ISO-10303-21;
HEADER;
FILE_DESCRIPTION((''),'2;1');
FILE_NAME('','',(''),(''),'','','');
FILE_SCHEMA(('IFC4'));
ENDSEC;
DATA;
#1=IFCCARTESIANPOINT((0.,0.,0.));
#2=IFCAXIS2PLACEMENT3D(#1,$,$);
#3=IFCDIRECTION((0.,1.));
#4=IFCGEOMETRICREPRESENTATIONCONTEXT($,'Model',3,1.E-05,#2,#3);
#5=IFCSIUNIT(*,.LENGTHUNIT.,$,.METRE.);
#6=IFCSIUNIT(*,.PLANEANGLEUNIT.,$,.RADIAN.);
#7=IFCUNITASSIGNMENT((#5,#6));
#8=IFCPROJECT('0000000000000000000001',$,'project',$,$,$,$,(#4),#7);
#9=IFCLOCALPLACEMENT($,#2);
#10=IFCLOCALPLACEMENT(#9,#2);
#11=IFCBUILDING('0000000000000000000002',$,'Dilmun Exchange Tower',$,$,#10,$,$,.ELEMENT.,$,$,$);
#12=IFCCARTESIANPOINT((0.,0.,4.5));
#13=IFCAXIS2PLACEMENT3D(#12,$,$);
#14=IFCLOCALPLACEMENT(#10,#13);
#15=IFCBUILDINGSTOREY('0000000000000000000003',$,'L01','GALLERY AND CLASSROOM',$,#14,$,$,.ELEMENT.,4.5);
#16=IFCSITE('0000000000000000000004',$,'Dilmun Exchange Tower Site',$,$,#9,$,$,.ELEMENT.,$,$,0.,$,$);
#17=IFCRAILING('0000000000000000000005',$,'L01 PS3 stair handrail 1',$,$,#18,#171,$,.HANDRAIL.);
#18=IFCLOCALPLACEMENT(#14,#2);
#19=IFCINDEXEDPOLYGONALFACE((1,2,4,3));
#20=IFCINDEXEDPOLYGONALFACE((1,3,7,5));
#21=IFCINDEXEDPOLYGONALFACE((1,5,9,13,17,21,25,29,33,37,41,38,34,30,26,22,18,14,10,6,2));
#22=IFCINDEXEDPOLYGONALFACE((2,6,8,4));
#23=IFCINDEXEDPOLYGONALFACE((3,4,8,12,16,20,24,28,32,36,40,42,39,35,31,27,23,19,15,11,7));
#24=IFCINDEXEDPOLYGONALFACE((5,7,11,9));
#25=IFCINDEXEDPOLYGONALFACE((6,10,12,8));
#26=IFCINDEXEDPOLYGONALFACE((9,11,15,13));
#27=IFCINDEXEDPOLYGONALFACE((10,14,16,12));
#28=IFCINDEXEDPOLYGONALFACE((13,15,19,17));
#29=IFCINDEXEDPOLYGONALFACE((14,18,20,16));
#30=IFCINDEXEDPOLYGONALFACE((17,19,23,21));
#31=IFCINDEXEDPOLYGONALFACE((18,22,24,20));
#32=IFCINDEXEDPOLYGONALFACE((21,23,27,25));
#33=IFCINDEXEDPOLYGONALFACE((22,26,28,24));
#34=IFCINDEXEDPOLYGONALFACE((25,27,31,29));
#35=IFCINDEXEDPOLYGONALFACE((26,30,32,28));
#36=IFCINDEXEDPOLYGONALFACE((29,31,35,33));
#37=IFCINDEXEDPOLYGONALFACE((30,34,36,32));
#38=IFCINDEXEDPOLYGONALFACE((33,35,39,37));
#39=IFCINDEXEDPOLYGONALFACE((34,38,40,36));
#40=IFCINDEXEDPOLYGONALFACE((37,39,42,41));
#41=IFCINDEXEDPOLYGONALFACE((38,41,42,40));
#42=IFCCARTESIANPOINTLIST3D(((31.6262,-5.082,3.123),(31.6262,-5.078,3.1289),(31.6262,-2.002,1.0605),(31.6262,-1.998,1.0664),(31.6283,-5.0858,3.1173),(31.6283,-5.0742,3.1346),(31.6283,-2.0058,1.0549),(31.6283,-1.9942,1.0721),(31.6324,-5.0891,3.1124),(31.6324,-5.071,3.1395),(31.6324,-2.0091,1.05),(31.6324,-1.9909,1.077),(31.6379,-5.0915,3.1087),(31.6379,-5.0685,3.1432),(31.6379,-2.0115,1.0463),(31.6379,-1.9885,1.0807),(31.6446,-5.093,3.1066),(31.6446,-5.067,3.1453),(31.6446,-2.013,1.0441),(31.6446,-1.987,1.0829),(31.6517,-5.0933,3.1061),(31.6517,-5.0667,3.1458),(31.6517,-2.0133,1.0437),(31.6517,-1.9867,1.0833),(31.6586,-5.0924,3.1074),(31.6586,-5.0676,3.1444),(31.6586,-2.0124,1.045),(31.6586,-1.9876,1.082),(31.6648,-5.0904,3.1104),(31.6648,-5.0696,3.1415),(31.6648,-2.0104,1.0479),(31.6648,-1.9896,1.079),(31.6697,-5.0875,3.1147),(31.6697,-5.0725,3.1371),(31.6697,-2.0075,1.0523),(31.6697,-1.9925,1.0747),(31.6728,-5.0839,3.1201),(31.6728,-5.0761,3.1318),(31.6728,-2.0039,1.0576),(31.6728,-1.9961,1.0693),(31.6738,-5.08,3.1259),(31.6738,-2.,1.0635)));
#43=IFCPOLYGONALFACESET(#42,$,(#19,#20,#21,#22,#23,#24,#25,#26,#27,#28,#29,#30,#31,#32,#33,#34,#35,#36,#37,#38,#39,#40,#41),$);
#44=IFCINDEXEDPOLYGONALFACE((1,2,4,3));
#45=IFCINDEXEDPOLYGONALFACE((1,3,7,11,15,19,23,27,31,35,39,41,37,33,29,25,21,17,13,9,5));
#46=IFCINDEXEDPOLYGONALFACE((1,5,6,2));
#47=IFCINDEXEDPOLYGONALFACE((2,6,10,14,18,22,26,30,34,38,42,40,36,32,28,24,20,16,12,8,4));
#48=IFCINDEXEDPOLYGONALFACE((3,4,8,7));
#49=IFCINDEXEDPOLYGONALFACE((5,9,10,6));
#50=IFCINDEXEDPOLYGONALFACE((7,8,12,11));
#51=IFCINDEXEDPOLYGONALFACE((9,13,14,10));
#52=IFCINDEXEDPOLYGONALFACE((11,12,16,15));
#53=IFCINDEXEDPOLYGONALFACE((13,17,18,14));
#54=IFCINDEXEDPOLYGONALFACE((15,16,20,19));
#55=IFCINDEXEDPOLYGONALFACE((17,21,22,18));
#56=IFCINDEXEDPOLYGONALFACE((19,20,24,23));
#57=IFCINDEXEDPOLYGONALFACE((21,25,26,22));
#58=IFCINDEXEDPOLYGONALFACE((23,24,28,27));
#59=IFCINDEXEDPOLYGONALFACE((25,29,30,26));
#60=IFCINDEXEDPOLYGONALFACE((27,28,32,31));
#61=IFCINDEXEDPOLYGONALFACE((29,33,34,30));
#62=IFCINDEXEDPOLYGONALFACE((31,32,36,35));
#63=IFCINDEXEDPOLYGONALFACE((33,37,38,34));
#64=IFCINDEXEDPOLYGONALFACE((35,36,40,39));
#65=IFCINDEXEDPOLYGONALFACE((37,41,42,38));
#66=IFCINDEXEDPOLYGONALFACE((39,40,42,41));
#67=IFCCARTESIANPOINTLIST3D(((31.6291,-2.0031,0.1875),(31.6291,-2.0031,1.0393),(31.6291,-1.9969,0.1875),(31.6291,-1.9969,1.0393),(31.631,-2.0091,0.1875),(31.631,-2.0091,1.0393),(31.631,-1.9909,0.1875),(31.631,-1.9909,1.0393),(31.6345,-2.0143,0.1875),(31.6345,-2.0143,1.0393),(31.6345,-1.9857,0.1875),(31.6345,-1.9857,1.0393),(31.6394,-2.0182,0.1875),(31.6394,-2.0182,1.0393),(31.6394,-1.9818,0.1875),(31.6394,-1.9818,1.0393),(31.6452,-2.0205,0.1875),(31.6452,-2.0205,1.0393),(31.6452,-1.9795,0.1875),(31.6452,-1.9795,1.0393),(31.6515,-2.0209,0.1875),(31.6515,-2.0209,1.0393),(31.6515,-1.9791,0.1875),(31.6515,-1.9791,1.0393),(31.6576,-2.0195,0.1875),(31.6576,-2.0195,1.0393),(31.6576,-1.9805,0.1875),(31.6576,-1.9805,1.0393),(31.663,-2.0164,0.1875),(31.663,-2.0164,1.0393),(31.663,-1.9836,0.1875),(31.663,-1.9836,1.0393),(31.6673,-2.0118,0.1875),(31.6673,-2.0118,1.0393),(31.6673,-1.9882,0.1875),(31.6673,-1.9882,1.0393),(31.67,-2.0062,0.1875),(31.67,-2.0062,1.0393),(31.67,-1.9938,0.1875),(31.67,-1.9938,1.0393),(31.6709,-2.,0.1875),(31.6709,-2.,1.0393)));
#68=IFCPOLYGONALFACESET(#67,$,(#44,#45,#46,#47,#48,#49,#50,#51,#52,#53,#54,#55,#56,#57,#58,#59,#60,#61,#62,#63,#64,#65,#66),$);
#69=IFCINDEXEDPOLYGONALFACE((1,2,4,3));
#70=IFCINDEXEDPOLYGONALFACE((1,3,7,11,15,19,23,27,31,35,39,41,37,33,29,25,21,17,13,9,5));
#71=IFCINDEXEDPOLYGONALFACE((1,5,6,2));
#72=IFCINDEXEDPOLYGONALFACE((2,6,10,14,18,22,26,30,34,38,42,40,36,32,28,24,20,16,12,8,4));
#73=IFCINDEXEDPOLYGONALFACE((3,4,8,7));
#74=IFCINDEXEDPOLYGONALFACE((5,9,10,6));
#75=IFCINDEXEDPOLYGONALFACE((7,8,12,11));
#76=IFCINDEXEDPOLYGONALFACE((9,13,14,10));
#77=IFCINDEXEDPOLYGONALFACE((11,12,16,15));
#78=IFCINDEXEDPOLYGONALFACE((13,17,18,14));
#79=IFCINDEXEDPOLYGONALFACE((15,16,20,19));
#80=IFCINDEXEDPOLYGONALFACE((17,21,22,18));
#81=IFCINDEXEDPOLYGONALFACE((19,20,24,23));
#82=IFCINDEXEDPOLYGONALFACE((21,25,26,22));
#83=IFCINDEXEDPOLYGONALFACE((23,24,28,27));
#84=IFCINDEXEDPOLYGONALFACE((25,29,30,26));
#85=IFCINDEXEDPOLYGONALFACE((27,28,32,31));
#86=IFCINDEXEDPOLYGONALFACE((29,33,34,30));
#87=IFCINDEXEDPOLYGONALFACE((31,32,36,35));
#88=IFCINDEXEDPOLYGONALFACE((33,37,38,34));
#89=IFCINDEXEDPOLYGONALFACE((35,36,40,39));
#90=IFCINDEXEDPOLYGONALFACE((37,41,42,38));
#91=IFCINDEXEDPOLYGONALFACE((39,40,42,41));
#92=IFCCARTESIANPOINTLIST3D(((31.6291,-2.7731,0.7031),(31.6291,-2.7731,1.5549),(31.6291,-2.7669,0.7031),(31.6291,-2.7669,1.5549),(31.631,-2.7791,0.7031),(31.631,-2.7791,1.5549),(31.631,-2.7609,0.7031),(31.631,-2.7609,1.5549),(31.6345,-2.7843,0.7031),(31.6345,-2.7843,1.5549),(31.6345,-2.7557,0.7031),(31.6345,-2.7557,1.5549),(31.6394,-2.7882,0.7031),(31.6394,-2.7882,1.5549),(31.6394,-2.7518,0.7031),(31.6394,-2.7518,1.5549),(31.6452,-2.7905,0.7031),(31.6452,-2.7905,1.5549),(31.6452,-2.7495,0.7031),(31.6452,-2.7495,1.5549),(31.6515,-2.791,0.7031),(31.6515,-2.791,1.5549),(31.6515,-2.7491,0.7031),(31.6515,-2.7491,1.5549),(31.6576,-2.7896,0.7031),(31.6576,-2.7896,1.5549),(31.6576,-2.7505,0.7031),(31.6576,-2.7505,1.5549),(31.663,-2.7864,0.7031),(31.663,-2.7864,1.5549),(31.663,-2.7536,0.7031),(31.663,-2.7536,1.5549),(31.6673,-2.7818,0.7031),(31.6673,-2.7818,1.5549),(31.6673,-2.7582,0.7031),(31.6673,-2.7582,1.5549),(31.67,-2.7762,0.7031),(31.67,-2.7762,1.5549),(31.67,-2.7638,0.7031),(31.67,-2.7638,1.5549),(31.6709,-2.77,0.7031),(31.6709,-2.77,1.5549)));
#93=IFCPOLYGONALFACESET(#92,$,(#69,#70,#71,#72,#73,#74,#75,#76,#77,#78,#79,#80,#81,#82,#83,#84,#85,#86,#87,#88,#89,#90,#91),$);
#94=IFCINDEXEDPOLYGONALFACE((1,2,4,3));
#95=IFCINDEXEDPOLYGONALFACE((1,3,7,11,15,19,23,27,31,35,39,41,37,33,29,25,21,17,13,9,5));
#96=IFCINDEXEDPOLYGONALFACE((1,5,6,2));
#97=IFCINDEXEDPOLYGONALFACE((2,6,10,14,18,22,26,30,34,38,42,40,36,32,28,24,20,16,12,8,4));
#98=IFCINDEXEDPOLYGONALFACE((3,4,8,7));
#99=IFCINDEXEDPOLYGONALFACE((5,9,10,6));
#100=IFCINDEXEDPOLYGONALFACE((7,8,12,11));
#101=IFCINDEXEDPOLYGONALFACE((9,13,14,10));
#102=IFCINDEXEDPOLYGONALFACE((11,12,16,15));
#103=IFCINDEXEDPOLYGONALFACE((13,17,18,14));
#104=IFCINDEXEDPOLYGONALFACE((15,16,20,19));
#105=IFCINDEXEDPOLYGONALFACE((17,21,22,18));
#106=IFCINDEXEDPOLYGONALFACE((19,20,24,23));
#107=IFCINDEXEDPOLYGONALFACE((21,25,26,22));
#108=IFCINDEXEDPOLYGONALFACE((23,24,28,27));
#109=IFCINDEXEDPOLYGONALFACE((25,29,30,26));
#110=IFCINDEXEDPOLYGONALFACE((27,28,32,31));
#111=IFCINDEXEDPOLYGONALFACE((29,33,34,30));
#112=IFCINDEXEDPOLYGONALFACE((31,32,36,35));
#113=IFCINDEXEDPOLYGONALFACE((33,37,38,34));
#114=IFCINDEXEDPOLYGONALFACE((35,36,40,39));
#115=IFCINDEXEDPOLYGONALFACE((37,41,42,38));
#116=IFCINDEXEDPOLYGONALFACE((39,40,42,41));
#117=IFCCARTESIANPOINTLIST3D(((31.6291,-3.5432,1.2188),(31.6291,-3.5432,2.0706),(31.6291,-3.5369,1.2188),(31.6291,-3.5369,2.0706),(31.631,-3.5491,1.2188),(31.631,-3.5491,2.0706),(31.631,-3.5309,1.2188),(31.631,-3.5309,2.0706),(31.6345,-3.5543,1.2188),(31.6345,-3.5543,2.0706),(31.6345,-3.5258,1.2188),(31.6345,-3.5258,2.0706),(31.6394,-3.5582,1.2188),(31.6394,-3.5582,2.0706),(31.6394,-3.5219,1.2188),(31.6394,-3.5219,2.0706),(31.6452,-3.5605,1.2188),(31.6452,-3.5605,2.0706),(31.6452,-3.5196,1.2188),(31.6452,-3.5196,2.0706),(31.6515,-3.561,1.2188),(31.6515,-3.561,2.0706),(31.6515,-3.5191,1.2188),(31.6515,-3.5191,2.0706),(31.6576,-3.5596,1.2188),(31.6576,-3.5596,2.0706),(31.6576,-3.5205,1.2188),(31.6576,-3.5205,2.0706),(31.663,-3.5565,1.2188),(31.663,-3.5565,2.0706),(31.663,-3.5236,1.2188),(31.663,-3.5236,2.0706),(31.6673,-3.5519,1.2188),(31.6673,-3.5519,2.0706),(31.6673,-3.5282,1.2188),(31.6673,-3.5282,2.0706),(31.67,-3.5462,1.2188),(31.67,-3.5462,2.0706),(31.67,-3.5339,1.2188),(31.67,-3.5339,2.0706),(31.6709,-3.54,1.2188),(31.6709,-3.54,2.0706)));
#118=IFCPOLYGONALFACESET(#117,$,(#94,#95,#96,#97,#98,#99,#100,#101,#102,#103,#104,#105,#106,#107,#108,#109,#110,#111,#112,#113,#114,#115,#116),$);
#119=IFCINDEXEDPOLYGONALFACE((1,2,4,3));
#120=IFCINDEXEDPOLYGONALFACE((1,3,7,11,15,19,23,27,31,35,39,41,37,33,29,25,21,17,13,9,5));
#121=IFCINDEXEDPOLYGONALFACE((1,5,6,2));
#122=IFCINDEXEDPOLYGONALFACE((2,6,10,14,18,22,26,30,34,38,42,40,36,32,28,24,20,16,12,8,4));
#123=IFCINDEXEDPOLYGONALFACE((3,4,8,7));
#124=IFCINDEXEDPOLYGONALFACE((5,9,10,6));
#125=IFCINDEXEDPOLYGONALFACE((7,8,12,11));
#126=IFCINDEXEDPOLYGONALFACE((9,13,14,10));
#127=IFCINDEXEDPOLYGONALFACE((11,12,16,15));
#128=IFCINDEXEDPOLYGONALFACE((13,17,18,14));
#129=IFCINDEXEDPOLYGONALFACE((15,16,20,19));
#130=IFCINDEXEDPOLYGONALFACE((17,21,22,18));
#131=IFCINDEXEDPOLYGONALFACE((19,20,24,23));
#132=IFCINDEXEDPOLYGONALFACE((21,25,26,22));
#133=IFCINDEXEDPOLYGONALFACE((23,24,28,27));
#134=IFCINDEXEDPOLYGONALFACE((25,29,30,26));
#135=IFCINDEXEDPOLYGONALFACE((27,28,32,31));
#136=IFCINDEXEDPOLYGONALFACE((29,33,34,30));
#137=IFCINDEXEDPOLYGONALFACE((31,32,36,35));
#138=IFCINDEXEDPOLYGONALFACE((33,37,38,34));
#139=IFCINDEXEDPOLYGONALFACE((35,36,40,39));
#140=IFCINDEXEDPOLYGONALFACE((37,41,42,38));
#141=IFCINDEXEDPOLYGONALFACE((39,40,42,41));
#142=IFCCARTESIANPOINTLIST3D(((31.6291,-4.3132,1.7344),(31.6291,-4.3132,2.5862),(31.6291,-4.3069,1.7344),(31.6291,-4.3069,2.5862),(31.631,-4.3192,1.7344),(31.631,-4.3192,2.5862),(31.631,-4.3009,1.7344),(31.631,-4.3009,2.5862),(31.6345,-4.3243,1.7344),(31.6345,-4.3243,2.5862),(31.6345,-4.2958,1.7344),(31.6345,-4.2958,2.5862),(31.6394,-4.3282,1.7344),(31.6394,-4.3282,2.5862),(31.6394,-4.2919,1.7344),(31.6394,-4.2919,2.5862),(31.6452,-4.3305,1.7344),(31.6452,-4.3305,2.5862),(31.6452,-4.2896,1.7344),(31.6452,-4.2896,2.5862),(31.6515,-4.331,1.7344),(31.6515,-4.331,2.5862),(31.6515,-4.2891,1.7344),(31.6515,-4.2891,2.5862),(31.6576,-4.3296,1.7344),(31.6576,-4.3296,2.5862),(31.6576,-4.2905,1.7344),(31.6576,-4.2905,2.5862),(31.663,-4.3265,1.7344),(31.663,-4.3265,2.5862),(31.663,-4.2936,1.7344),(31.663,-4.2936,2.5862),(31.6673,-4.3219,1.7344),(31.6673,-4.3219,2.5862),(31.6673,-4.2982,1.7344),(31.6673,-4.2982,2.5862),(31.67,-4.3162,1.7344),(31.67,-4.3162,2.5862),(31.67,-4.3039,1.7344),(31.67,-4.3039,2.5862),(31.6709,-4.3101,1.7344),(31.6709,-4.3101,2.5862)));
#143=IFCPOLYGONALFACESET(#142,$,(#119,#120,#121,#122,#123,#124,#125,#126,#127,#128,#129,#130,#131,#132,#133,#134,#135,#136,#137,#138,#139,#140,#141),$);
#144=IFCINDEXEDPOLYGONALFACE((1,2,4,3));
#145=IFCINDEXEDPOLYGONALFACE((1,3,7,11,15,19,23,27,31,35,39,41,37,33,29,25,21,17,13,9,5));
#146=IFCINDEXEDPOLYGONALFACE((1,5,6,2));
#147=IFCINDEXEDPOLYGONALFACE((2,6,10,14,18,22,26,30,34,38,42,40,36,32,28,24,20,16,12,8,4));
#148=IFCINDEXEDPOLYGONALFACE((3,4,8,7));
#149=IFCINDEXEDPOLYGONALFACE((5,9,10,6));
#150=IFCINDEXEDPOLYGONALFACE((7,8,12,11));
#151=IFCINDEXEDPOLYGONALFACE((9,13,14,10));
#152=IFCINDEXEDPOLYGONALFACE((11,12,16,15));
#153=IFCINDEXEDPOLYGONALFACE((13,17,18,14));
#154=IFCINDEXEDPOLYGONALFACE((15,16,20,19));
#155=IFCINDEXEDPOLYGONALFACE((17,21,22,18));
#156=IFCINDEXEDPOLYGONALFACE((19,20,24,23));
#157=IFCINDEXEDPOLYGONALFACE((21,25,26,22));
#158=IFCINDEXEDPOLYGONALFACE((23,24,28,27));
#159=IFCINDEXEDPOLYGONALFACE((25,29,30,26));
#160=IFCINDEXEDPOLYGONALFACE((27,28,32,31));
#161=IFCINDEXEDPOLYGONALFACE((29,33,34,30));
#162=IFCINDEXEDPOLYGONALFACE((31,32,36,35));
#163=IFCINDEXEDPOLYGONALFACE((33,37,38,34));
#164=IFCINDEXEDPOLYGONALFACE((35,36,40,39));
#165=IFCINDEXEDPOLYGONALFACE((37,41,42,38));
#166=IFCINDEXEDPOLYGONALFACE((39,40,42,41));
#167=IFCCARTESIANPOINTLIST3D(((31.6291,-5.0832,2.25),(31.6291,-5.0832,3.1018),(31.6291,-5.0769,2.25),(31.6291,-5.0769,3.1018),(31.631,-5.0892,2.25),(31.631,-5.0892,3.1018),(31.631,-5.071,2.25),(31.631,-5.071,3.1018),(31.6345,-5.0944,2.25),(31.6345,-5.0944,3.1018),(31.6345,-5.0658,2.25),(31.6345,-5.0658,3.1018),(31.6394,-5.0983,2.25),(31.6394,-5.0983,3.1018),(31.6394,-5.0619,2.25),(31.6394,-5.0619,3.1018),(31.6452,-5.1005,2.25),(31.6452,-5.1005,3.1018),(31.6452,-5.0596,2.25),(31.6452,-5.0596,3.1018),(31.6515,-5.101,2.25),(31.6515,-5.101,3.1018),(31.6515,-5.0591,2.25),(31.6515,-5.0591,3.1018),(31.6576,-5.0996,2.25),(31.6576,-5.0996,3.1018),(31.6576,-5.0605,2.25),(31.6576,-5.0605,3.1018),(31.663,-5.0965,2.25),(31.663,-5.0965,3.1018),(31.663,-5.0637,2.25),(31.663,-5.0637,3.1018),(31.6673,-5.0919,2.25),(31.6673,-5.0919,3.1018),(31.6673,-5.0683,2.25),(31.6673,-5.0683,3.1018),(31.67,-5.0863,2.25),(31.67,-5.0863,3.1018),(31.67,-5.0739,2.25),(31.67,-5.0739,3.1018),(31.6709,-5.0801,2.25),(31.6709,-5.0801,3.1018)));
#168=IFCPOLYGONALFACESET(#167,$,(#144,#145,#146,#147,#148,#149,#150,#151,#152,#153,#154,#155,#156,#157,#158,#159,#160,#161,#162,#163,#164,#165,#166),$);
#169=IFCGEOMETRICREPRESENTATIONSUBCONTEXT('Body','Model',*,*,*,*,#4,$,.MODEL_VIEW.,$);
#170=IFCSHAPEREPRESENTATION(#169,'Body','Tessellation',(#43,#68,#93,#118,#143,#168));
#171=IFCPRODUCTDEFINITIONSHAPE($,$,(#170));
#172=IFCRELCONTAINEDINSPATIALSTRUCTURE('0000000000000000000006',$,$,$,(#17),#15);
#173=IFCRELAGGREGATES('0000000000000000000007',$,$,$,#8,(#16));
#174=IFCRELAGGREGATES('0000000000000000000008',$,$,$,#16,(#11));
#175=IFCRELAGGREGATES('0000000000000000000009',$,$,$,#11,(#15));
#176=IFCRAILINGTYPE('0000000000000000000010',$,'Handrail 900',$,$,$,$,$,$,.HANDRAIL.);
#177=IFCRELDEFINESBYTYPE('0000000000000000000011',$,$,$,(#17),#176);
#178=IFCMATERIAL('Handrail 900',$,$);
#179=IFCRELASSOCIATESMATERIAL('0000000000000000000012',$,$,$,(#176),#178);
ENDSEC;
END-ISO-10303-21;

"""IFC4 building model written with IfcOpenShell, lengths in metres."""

from ifc_helpers import new_model, si_unit, direction, frame, origin, origin_2d, place, context, subcontext, project, spatial, circle, extrude, material, type_object, element, save


model = new_model("IFC4")

# Units and contexts
model_context = context("Model", 3, precision=1e-05, world=origin(), true_north=direction((0.0, 1.0)))
body_context = subcontext(model_context, "Body", "Model", "MODEL_VIEW")
ifc_project = project(units=[si_unit("LENGTHUNIT", "METRE"), si_unit("PLANEANGLEUNIT", "RADIAN")], contexts=[model_context])

# Site, building, storey
site_placement = place(None, origin())
site = spatial("IfcSite", under=ifc_project, at=site_placement, Name="Dilmun Exchange Tower Site", CompositionType="ELEMENT", RefElevation=0.0)
building_placement = place(site_placement, origin())
building = spatial("IfcBuilding", under=site, at=building_placement, Name="Dilmun Exchange Tower", CompositionType="ELEMENT")
storey_placement = place(building_placement, frame((0.0, 0.0, 4.5)))
storey = spatial("IfcBuildingStorey", under=building, at=storey_placement, Name="L01", Description="GALLERY AND CLASSROOM", CompositionType="ELEMENT", Elevation=4.5)

# Railing
ifc_material_1 = material(Name="Handrail 900")
railing_type_1 = type_object("IfcRailingType", Name="Handrail 900", PredefinedType="HANDRAIL", material=ifc_material_1)
railing_1_placement = place(storey_placement, frame((31.6499, -2.0, 0.1875)))
element("IfcRailing", 1, at=railing_1_placement, inside=storey, type_object=railing_type_1, Name="L01 PS3 stair handrail 1", PredefinedType="HANDRAIL", context=body_context, shape_type="SweptSolid", body=[
    extrude(circle(Radius=0.0239, at=origin_2d()), frame((0.0, 0.0, 0.876), z_axis=(0.0, -0.830914, 0.556401), x_axis=(1.0, 0.0, 0.0)), (0.0, 0.0, 1.0), 3.7068),
    extrude(circle(Radius=0.021, at=origin_2d()), origin(), (0.0, 0.0, 1.0), 0.8518),
    extrude(circle(Radius=0.021, at=origin_2d()), frame((0.0, -0.77, 0.5156)), (0.0, 0.0, 1.0), 0.8518),
    extrude(circle(Radius=0.021, at=origin_2d()), frame((0.0, -1.54, 1.0312)), (0.0, 0.0, 1.0), 0.8518),
    extrude(circle(Radius=0.021, at=origin_2d()), frame((0.0, -2.3101, 1.5469)), (0.0, 0.0, 1.0), 0.8518),
    extrude(circle(Radius=0.021, at=origin_2d()), frame((0.0, -3.0801, 2.0625)), (0.0, 0.0, 1.0), 0.8518),
])

save(model, "model.ifc")
